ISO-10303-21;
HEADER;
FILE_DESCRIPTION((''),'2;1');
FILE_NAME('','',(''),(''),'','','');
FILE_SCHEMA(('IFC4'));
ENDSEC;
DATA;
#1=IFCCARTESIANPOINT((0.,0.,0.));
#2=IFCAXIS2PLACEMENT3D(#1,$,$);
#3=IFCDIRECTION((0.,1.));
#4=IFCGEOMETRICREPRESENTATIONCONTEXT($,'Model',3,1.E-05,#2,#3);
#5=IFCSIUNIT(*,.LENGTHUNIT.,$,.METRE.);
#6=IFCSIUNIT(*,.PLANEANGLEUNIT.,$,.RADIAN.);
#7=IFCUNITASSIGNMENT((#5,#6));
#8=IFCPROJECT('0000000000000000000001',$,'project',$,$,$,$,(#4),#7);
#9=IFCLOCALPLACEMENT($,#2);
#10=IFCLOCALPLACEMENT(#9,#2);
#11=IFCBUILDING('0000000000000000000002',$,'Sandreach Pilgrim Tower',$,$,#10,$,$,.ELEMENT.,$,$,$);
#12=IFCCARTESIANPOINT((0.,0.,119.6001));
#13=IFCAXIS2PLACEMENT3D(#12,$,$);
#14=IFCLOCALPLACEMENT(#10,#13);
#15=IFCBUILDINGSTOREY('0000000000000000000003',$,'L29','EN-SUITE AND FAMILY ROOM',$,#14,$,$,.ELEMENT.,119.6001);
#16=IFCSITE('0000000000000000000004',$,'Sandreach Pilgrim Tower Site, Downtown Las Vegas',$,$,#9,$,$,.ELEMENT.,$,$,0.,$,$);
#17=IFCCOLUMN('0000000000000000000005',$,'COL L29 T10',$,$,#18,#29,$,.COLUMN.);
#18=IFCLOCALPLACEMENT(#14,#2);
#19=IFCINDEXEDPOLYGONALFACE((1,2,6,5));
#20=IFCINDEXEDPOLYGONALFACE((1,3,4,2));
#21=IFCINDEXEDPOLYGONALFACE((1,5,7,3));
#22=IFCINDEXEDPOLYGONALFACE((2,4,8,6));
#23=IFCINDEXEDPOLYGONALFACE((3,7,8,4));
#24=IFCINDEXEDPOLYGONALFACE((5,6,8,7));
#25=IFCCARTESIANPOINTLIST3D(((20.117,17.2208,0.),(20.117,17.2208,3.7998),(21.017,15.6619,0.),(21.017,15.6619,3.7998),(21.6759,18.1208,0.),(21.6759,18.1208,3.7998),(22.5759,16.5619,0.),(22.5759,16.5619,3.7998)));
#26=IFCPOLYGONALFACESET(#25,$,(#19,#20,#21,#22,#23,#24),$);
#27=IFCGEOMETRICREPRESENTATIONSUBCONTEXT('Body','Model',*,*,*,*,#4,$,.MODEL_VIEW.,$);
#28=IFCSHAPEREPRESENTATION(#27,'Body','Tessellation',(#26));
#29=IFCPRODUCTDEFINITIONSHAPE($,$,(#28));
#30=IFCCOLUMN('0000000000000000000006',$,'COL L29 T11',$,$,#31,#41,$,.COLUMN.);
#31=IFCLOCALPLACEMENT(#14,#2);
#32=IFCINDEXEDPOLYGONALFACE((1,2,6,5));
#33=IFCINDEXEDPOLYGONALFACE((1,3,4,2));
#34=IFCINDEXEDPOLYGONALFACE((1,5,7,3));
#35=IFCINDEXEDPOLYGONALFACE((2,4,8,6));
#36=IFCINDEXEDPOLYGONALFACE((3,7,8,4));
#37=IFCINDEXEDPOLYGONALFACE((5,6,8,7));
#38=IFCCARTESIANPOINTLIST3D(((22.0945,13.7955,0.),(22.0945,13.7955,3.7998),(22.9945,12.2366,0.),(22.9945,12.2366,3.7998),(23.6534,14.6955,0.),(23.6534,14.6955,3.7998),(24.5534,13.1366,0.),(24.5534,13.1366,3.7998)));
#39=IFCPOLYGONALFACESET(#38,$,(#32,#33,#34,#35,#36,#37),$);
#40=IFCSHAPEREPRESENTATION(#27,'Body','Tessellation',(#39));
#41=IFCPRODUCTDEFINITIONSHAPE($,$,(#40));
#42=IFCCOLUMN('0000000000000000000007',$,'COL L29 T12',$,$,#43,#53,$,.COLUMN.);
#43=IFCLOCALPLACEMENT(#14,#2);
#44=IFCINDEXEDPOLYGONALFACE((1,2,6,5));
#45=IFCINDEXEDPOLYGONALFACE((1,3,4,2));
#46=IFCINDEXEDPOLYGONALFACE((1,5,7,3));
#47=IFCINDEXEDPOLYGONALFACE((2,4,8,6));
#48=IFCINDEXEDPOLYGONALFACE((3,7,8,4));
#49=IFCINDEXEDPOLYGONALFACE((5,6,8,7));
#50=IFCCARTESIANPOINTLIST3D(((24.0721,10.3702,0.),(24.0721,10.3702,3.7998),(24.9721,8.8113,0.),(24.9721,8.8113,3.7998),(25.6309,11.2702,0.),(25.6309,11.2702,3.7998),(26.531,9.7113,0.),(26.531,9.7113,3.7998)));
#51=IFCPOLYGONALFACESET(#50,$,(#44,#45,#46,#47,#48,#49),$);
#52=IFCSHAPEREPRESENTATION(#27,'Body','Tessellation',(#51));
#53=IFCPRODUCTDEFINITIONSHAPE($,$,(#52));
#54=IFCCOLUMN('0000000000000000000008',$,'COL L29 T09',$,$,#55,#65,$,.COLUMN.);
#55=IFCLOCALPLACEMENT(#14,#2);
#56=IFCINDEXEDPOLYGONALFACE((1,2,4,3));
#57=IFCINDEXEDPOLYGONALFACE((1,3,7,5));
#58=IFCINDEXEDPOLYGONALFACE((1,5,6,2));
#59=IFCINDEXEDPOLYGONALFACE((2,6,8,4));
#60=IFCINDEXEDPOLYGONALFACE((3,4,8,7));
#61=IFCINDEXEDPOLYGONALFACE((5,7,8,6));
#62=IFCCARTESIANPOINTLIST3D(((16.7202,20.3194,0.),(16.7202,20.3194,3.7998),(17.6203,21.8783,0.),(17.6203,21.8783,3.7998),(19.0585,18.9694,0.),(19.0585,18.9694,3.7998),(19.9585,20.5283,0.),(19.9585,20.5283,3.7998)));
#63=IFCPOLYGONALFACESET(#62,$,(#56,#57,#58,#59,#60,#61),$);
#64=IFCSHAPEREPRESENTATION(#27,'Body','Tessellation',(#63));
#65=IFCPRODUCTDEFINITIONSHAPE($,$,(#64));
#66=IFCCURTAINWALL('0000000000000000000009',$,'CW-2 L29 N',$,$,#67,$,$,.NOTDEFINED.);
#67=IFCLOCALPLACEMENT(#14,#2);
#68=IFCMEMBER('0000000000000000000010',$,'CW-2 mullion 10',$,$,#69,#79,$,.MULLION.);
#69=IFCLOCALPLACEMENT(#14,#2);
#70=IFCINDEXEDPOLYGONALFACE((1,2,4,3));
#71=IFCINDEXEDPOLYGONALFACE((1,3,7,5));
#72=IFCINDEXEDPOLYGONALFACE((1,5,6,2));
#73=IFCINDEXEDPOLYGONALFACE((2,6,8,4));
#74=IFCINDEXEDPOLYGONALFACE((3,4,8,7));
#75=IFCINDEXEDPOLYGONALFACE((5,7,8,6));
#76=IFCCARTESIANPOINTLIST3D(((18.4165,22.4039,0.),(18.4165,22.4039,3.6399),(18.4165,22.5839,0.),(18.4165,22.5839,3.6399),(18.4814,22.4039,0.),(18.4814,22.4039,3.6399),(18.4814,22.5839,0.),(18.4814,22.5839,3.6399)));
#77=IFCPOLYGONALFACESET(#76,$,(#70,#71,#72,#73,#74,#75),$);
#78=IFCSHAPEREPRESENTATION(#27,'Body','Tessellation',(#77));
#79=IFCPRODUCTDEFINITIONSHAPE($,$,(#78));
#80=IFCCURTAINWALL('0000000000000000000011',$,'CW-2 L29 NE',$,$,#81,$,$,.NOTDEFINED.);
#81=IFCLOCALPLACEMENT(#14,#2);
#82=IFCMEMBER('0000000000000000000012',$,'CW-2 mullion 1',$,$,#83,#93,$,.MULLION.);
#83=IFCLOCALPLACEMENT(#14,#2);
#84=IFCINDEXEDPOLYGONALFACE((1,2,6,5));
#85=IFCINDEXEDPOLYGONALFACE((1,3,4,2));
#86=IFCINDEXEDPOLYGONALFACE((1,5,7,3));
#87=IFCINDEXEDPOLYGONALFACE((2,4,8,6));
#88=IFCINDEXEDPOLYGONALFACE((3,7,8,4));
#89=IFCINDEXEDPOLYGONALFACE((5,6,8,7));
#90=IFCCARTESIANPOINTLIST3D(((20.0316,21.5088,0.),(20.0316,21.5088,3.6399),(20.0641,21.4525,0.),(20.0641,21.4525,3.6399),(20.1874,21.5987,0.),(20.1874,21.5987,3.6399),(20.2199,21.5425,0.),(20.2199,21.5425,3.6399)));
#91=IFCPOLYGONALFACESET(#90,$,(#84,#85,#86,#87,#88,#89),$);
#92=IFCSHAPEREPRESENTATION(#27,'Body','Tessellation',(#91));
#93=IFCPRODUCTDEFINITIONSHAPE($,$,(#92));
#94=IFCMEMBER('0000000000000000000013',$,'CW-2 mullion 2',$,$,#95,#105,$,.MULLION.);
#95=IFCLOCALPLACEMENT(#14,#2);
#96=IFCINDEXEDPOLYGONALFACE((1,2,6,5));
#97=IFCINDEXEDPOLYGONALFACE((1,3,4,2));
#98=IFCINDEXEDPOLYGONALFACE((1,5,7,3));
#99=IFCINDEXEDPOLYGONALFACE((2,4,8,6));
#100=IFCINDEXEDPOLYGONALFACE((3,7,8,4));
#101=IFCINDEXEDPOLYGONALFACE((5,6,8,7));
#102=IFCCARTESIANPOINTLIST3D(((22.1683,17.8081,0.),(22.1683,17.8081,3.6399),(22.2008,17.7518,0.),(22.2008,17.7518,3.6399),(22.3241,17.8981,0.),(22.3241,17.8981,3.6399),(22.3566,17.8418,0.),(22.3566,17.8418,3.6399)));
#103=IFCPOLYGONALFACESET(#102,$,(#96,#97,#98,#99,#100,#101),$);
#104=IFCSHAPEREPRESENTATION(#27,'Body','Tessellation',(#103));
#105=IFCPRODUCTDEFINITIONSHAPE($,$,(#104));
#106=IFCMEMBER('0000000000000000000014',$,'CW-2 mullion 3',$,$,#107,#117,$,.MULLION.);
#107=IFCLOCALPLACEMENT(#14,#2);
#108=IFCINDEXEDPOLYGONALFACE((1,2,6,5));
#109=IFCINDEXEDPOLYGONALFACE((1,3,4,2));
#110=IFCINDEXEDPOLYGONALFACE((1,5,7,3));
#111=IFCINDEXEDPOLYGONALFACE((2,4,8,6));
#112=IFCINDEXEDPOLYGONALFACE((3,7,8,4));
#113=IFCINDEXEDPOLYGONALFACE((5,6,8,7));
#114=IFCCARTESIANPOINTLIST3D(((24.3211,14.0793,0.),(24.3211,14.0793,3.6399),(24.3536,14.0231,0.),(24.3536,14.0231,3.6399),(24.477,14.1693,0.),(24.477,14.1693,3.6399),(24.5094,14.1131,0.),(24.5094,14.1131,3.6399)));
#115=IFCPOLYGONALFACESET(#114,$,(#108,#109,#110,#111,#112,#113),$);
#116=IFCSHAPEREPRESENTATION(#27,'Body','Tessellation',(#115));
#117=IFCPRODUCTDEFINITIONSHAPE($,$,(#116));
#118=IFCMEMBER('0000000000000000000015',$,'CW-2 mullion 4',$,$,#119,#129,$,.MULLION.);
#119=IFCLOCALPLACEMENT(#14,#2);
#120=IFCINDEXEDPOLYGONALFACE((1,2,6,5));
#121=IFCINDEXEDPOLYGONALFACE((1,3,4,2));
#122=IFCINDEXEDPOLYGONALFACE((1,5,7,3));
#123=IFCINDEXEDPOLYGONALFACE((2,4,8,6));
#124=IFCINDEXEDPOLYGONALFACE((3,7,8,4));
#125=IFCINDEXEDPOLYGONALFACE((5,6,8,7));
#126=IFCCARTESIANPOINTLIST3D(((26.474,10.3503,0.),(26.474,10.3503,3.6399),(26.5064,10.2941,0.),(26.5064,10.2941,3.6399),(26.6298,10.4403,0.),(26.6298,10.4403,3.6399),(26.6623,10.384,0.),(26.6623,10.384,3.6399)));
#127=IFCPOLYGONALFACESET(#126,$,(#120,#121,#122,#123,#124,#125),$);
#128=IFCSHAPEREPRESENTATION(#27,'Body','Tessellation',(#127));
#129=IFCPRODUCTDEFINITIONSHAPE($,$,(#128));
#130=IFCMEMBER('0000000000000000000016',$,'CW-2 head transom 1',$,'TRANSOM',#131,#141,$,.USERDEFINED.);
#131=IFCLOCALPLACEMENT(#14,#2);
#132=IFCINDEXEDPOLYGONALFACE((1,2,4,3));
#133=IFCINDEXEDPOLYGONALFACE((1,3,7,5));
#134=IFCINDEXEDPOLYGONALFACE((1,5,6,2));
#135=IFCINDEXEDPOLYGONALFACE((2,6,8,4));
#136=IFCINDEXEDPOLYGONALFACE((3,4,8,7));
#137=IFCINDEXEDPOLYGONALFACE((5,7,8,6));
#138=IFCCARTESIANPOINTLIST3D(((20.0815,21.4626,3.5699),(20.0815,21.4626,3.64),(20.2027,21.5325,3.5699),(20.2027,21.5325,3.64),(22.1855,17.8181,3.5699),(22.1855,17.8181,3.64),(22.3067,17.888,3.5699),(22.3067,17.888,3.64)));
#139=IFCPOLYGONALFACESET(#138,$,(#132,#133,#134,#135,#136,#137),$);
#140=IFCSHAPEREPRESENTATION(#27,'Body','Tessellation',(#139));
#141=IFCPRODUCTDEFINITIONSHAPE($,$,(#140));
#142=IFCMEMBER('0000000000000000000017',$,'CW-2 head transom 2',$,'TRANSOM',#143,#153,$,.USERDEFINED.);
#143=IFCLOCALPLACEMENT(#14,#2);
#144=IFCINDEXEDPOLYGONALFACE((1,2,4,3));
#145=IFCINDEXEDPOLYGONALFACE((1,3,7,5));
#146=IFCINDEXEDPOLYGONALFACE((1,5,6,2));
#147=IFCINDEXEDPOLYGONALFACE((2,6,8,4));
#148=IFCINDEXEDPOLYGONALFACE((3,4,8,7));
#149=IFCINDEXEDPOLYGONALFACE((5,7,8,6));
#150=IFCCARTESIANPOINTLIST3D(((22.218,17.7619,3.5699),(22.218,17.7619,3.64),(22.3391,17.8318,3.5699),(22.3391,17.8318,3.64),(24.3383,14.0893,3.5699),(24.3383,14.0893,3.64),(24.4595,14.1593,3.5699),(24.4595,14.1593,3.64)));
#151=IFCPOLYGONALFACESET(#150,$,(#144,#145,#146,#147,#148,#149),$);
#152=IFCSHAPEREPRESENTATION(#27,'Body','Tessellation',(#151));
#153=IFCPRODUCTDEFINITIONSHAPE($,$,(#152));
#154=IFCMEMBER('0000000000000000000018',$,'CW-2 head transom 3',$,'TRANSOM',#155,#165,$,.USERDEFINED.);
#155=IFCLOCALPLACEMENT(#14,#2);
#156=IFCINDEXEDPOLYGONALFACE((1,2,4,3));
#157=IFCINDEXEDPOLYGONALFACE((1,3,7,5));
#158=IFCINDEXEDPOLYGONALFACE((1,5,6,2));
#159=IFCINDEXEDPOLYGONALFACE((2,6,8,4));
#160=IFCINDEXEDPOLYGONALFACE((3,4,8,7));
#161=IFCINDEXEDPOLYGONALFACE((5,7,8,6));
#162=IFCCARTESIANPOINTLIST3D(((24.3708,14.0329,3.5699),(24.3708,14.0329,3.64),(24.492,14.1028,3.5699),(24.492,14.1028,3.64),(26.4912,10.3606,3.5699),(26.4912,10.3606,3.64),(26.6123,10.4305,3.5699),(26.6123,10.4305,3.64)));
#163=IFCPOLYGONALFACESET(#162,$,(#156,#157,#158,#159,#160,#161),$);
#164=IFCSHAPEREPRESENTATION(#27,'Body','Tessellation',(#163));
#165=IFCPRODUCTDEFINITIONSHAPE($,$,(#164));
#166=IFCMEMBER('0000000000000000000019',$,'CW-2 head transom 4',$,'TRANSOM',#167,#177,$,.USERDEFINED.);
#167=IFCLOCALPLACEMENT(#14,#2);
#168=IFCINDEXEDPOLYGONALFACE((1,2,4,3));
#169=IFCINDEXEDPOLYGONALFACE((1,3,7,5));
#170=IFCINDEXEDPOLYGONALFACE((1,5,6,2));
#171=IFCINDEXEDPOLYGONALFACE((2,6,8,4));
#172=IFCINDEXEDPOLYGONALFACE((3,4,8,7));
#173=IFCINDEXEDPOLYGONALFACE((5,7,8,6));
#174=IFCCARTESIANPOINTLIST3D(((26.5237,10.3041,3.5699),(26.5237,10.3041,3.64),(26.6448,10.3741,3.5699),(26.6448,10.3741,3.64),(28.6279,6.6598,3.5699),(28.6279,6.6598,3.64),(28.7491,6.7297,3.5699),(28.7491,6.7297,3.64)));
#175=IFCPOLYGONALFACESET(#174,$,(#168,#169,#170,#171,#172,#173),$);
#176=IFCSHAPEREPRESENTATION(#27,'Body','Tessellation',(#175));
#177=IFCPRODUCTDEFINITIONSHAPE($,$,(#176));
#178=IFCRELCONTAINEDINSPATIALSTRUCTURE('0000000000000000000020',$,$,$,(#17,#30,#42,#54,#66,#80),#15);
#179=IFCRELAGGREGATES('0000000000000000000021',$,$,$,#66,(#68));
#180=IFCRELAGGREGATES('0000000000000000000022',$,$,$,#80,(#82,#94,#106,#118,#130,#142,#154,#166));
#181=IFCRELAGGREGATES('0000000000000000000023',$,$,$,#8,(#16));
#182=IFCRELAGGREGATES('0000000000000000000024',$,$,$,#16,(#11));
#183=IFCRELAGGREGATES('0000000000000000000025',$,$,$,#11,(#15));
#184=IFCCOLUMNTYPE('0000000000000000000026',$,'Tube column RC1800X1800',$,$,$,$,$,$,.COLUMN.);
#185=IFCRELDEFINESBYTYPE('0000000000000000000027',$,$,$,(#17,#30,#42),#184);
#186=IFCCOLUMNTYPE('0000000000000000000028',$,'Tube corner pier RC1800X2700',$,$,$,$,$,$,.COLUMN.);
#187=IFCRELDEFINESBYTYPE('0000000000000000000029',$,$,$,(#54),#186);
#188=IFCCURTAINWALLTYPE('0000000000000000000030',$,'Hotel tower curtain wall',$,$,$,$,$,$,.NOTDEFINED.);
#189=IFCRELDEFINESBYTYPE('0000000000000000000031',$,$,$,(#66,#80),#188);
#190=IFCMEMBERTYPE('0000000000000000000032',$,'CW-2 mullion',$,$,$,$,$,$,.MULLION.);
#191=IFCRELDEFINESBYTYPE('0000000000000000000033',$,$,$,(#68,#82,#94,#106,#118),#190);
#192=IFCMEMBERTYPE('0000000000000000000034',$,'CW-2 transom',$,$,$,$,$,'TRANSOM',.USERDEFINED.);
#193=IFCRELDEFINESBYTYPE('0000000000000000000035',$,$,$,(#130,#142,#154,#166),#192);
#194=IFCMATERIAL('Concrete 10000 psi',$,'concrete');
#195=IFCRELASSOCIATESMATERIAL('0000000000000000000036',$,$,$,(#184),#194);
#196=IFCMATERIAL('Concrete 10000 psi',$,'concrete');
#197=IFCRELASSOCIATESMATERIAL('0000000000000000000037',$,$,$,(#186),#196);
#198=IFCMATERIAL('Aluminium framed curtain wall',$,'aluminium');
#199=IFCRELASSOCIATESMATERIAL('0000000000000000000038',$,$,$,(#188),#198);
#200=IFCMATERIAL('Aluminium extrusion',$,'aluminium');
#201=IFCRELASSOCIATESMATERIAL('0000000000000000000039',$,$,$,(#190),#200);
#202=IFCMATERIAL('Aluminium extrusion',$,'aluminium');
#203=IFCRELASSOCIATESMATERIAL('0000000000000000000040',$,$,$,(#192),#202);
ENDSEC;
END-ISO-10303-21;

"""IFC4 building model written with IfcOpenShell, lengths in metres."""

from ifc_helpers import new_model, si_unit, direction, frame, origin, origin_2d, place, context, subcontext, project, spatial, rectangle, extrude, material, material_profile, profile_set, type_object, element, aggregate, save


model = new_model("IFC4")

# Units and contexts
model_context = context("Model", 3, precision=1e-05, world=origin(), true_north=direction((0.0, 1.0)))
body_context = subcontext(model_context, "Body", "Model", "MODEL_VIEW")
ifc_project = project(units=[si_unit("LENGTHUNIT", "METRE"), si_unit("PLANEANGLEUNIT", "RADIAN")], contexts=[model_context])

# Site, building, storey
site_placement = place(None, origin())
site = spatial("IfcSite", under=ifc_project, at=site_placement, Name="Sandreach Pilgrim Tower Site, Downtown Las Vegas", CompositionType="ELEMENT", RefElevation=0.0)
building_placement = place(site_placement, origin())
building = spatial("IfcBuilding", under=site, at=building_placement, Name="Sandreach Pilgrim Tower", CompositionType="ELEMENT")
storey_placement = place(building_placement, frame((0.0, 0.0, 119.6001)))
storey = spatial("IfcBuildingStorey", under=building, at=storey_placement, Name="L29", Description="EN-SUITE AND FAMILY ROOM", CompositionType="ELEMENT", Elevation=119.6001)

# Columns
ifc_material_1 = material(Name="Concrete 10000 psi", Category="concrete")
ifc_material_profile_1 = material_profile(ifc_material_1, rectangle(XDim=1.8, YDim=1.8, at=origin_2d()), Name="RC1800X1800")
ifc_profile_set_1 = profile_set([ifc_material_profile_1], Name="Concrete 10000 psi")
column_type_1 = type_object("IfcColumnType", Name="Tube column RC1800X1800", PredefinedType="COLUMN", material=ifc_profile_set_1)
for number, where, z_axis, x_axis, name in (
    (1, (21.3464, 16.8914, 0.0), (0.0, 0.0, 1.0), (0.866025, 0.5, 0.0), "COL L29 T10"),
    (2, (23.324, 13.4661, 0.0), (0.0, 0.0, 1.0), (0.866025, 0.5, 0.0), "COL L29 T11"),
    (3, (25.3015, 10.0408, 0.0), (0.0, 0.0, 1.0), (0.866025, 0.5, 0.0), "COL L29 T12"),
):
    element("IfcColumn", number, at=place(storey_placement, frame(where, z_axis=z_axis, x_axis=x_axis)), inside=storey, type_object=column_type_1, Name=name, PredefinedType="COLUMN", context=body_context, shape_type="SweptSolid", body=[
        extrude(rectangle(XDim=1.8, YDim=1.8, at=origin_2d()), origin(), (0.0, 0.0, 1.0), 3.7998),
    ])
ifc_material_2 = material(Name="Concrete 10000 psi", Category="concrete")
ifc_material_profile_2 = material_profile(ifc_material_2, rectangle(XDim=1.8, YDim=2.7, at=origin_2d()), Name="RC1800X2700")
ifc_profile_set_2 = profile_set([ifc_material_profile_2], Name="Concrete 10000 psi")
column_type_2 = type_object("IfcColumnType", Name="Tube corner pier RC1800X2700", PredefinedType="COLUMN", material=ifc_profile_set_2)
column_placement = place(storey_placement, frame((18.3394, 20.4238, 0.0), z_axis=(0.0, 0.0, 1.0), x_axis=(0.5, 0.866025, 0.0)))
element("IfcColumn", 4, at=column_placement, inside=storey, type_object=column_type_2, Name="COL L29 T09", PredefinedType="COLUMN", context=body_context, shape_type="SweptSolid", body=[
    extrude(rectangle(XDim=1.8, YDim=2.7, at=origin_2d()), origin(), (0.0, 0.0, 1.0), 3.7998),
])

# Curtain wall, member
ifc_material_3 = material(Name="Aluminium framed curtain wall", Category="aluminium")
curtain_wall_type = type_object("IfcCurtainWallType", Name="Hotel tower curtain wall", PredefinedType="NOTDEFINED", material=ifc_material_3)
curtain_wall_1_placement = place(storey_placement, origin())
curtain_wall_1 = element("IfcCurtainWall", 5, at=curtain_wall_1_placement, inside=storey, type_object=curtain_wall_type, Name="CW-2 L29 N", PredefinedType="NOTDEFINED")
ifc_material_4 = material(Name="Aluminium extrusion", Category="aluminium")
ifc_material_profile_3 = material_profile(ifc_material_4, rectangle(XDim=0.0649, YDim=0.1799, at=origin_2d()), Name="CW-2M 65X180")
ifc_profile_set_3 = profile_set([ifc_material_profile_3], Name="Aluminium extrusion")
member_type_1 = type_object("IfcMemberType", Name="CW-2 mullion", PredefinedType="MULLION", material=ifc_profile_set_3)
member_1_placement = place(storey_placement, frame((18.449, 22.4939, 0.0), z_axis=(0.0, 0.0, 1.0), x_axis=(1.0, 0.0, 0.0)))
member_1 = element("IfcMember", 6, at=member_1_placement, type_object=member_type_1, Name="CW-2 mullion 10", PredefinedType="MULLION", context=body_context, shape_type="SweptSolid", body=[
    extrude(rectangle(XDim=0.0649, YDim=0.1799, at=origin_2d()), origin(), (0.0, 0.0, 1.0), 3.6399),
])

# Curtain wall, members
curtain_wall_2_placement = place(storey_placement, origin())
curtain_wall_2 = element("IfcCurtainWall", 7, at=curtain_wall_2_placement, inside=storey, type_object=curtain_wall_type, Name="CW-2 L29 NE", PredefinedType="NOTDEFINED")
member_2_placement = place(storey_placement, frame((20.1257, 21.5256, 0.0), z_axis=(0.0, 0.0, 1.0), x_axis=(0.5, -0.866025, 0.0)))
member_2 = element("IfcMember", 8, at=member_2_placement, type_object=member_type_1, Name="CW-2 mullion 1", PredefinedType="MULLION", context=body_context, shape_type="SweptSolid", body=[
    extrude(rectangle(XDim=0.0649, YDim=0.1799, at=origin_2d()), origin(), (0.0, 0.0, 1.0), 3.6399),
])
member_3_placement = place(storey_placement, frame((22.2625, 17.825, 0.0), z_axis=(0.0, 0.0, 1.0), x_axis=(0.5, -0.866025, 0.0)))
member_3 = element("IfcMember", 9, at=member_3_placement, type_object=member_type_1, Name="CW-2 mullion 2", PredefinedType="MULLION", context=body_context, shape_type="SweptSolid", body=[
    extrude(rectangle(XDim=0.0649, YDim=0.1799, at=origin_2d()), origin(), (0.0, 0.0, 1.0), 3.6399),
])
member_4_placement = place(storey_placement, frame((24.4153, 14.0962, 0.0), z_axis=(0.0, 0.0, 1.0), x_axis=(0.5, -0.866025, 0.0)))
member_4 = element("IfcMember", 10, at=member_4_placement, type_object=member_type_1, Name="CW-2 mullion 3", PredefinedType="MULLION", context=body_context, shape_type="SweptSolid", body=[
    extrude(rectangle(XDim=0.0649, YDim=0.1799, at=origin_2d()), origin(), (0.0, 0.0, 1.0), 3.6399),
])
member_5_placement = place(storey_placement, frame((26.5681, 10.3672, 0.0), z_axis=(0.0, 0.0, 1.0), x_axis=(0.5, -0.866025, 0.0)))
member_5 = element("IfcMember", 11, at=member_5_placement, type_object=member_type_1, Name="CW-2 mullion 4", PredefinedType="MULLION", context=body_context, shape_type="SweptSolid", body=[
    extrude(rectangle(XDim=0.0649, YDim=0.1799, at=origin_2d()), origin(), (0.0, 0.0, 1.0), 3.6399),
])
ifc_material_5 = material(Name="Aluminium extrusion", Category="aluminium")
ifc_material_profile_4 = material_profile(ifc_material_5, rectangle(XDim=0.1399, YDim=0.0701, at=origin_2d()), Name="CW-2T 140X70")
ifc_profile_set_4 = profile_set([ifc_material_profile_4], Name="Aluminium extrusion")
member_type_2 = type_object("IfcMemberType", Name="CW-2 transom", ElementType="TRANSOM", PredefinedType="USERDEFINED", material=ifc_profile_set_4)
member_6_placement = place(storey_placement, frame((20.1421, 21.4976, 3.605), z_axis=(0.49997, -0.866043, 0.0), x_axis=(0.866043, 0.49997, 0.0)))
member_6 = element("IfcMember", 12, at=member_6_placement, type_object=member_type_2, Name="CW-2 head transom 1", ObjectType="TRANSOM", PredefinedType="USERDEFINED", context=body_context, shape_type="SweptSolid", body=[
    extrude(rectangle(XDim=0.1399, YDim=0.0701, at=origin_2d()), origin(), (0.0, 0.0, 1.0), 4.2083),
])
member_7_placement = place(storey_placement, frame((22.2786, 17.7969, 3.605), z_axis=(0.499997, -0.866027, 0.0), x_axis=(0.866027, 0.499997, 0.0)))
member_7 = element("IfcMember", 13, at=member_7_placement, type_object=member_type_2, Name="CW-2 head transom 2", ObjectType="TRANSOM", PredefinedType="USERDEFINED", context=body_context, shape_type="SweptSolid", body=[
    extrude(rectangle(XDim=0.1399, YDim=0.0701, at=origin_2d()), origin(), (0.0, 0.0, 1.0), 4.2407),
])
member_8_placement = place(storey_placement, frame((24.4314, 14.0679, 3.605), z_axis=(0.500021, -0.866013, 0.0), x_axis=(0.866013, 0.500021, 0.0)))
member_8 = element("IfcMember", 14, at=member_8_placement, type_object=member_type_2, Name="CW-2 head transom 3", ObjectType="TRANSOM", PredefinedType="USERDEFINED", context=body_context, shape_type="SweptSolid", body=[
    extrude(rectangle(XDim=0.1399, YDim=0.0701, at=origin_2d()), origin(), (0.0, 0.0, 1.0), 4.2405),
])
member_9_placement = place(storey_placement, frame((26.5842, 10.3391, 3.605), z_axis=(0.500039, -0.866003, 0.0), x_axis=(0.866003, 0.500039, 0.0)))
member_9 = element("IfcMember", 15, at=member_9_placement, type_object=member_type_2, Name="CW-2 head transom 4", ObjectType="TRANSOM", PredefinedType="USERDEFINED", context=body_context, shape_type="SweptSolid", body=[
    extrude(rectangle(XDim=0.1399, YDim=0.0701, at=origin_2d()), origin(), (0.0, 0.0, 1.0), 4.2083),
])

aggregate(curtain_wall_1, [member_1])
aggregate(curtain_wall_2, [member_2, member_3, member_4, member_5, member_6, member_7, member_8, member_9])

save(model, "model.ifc")
